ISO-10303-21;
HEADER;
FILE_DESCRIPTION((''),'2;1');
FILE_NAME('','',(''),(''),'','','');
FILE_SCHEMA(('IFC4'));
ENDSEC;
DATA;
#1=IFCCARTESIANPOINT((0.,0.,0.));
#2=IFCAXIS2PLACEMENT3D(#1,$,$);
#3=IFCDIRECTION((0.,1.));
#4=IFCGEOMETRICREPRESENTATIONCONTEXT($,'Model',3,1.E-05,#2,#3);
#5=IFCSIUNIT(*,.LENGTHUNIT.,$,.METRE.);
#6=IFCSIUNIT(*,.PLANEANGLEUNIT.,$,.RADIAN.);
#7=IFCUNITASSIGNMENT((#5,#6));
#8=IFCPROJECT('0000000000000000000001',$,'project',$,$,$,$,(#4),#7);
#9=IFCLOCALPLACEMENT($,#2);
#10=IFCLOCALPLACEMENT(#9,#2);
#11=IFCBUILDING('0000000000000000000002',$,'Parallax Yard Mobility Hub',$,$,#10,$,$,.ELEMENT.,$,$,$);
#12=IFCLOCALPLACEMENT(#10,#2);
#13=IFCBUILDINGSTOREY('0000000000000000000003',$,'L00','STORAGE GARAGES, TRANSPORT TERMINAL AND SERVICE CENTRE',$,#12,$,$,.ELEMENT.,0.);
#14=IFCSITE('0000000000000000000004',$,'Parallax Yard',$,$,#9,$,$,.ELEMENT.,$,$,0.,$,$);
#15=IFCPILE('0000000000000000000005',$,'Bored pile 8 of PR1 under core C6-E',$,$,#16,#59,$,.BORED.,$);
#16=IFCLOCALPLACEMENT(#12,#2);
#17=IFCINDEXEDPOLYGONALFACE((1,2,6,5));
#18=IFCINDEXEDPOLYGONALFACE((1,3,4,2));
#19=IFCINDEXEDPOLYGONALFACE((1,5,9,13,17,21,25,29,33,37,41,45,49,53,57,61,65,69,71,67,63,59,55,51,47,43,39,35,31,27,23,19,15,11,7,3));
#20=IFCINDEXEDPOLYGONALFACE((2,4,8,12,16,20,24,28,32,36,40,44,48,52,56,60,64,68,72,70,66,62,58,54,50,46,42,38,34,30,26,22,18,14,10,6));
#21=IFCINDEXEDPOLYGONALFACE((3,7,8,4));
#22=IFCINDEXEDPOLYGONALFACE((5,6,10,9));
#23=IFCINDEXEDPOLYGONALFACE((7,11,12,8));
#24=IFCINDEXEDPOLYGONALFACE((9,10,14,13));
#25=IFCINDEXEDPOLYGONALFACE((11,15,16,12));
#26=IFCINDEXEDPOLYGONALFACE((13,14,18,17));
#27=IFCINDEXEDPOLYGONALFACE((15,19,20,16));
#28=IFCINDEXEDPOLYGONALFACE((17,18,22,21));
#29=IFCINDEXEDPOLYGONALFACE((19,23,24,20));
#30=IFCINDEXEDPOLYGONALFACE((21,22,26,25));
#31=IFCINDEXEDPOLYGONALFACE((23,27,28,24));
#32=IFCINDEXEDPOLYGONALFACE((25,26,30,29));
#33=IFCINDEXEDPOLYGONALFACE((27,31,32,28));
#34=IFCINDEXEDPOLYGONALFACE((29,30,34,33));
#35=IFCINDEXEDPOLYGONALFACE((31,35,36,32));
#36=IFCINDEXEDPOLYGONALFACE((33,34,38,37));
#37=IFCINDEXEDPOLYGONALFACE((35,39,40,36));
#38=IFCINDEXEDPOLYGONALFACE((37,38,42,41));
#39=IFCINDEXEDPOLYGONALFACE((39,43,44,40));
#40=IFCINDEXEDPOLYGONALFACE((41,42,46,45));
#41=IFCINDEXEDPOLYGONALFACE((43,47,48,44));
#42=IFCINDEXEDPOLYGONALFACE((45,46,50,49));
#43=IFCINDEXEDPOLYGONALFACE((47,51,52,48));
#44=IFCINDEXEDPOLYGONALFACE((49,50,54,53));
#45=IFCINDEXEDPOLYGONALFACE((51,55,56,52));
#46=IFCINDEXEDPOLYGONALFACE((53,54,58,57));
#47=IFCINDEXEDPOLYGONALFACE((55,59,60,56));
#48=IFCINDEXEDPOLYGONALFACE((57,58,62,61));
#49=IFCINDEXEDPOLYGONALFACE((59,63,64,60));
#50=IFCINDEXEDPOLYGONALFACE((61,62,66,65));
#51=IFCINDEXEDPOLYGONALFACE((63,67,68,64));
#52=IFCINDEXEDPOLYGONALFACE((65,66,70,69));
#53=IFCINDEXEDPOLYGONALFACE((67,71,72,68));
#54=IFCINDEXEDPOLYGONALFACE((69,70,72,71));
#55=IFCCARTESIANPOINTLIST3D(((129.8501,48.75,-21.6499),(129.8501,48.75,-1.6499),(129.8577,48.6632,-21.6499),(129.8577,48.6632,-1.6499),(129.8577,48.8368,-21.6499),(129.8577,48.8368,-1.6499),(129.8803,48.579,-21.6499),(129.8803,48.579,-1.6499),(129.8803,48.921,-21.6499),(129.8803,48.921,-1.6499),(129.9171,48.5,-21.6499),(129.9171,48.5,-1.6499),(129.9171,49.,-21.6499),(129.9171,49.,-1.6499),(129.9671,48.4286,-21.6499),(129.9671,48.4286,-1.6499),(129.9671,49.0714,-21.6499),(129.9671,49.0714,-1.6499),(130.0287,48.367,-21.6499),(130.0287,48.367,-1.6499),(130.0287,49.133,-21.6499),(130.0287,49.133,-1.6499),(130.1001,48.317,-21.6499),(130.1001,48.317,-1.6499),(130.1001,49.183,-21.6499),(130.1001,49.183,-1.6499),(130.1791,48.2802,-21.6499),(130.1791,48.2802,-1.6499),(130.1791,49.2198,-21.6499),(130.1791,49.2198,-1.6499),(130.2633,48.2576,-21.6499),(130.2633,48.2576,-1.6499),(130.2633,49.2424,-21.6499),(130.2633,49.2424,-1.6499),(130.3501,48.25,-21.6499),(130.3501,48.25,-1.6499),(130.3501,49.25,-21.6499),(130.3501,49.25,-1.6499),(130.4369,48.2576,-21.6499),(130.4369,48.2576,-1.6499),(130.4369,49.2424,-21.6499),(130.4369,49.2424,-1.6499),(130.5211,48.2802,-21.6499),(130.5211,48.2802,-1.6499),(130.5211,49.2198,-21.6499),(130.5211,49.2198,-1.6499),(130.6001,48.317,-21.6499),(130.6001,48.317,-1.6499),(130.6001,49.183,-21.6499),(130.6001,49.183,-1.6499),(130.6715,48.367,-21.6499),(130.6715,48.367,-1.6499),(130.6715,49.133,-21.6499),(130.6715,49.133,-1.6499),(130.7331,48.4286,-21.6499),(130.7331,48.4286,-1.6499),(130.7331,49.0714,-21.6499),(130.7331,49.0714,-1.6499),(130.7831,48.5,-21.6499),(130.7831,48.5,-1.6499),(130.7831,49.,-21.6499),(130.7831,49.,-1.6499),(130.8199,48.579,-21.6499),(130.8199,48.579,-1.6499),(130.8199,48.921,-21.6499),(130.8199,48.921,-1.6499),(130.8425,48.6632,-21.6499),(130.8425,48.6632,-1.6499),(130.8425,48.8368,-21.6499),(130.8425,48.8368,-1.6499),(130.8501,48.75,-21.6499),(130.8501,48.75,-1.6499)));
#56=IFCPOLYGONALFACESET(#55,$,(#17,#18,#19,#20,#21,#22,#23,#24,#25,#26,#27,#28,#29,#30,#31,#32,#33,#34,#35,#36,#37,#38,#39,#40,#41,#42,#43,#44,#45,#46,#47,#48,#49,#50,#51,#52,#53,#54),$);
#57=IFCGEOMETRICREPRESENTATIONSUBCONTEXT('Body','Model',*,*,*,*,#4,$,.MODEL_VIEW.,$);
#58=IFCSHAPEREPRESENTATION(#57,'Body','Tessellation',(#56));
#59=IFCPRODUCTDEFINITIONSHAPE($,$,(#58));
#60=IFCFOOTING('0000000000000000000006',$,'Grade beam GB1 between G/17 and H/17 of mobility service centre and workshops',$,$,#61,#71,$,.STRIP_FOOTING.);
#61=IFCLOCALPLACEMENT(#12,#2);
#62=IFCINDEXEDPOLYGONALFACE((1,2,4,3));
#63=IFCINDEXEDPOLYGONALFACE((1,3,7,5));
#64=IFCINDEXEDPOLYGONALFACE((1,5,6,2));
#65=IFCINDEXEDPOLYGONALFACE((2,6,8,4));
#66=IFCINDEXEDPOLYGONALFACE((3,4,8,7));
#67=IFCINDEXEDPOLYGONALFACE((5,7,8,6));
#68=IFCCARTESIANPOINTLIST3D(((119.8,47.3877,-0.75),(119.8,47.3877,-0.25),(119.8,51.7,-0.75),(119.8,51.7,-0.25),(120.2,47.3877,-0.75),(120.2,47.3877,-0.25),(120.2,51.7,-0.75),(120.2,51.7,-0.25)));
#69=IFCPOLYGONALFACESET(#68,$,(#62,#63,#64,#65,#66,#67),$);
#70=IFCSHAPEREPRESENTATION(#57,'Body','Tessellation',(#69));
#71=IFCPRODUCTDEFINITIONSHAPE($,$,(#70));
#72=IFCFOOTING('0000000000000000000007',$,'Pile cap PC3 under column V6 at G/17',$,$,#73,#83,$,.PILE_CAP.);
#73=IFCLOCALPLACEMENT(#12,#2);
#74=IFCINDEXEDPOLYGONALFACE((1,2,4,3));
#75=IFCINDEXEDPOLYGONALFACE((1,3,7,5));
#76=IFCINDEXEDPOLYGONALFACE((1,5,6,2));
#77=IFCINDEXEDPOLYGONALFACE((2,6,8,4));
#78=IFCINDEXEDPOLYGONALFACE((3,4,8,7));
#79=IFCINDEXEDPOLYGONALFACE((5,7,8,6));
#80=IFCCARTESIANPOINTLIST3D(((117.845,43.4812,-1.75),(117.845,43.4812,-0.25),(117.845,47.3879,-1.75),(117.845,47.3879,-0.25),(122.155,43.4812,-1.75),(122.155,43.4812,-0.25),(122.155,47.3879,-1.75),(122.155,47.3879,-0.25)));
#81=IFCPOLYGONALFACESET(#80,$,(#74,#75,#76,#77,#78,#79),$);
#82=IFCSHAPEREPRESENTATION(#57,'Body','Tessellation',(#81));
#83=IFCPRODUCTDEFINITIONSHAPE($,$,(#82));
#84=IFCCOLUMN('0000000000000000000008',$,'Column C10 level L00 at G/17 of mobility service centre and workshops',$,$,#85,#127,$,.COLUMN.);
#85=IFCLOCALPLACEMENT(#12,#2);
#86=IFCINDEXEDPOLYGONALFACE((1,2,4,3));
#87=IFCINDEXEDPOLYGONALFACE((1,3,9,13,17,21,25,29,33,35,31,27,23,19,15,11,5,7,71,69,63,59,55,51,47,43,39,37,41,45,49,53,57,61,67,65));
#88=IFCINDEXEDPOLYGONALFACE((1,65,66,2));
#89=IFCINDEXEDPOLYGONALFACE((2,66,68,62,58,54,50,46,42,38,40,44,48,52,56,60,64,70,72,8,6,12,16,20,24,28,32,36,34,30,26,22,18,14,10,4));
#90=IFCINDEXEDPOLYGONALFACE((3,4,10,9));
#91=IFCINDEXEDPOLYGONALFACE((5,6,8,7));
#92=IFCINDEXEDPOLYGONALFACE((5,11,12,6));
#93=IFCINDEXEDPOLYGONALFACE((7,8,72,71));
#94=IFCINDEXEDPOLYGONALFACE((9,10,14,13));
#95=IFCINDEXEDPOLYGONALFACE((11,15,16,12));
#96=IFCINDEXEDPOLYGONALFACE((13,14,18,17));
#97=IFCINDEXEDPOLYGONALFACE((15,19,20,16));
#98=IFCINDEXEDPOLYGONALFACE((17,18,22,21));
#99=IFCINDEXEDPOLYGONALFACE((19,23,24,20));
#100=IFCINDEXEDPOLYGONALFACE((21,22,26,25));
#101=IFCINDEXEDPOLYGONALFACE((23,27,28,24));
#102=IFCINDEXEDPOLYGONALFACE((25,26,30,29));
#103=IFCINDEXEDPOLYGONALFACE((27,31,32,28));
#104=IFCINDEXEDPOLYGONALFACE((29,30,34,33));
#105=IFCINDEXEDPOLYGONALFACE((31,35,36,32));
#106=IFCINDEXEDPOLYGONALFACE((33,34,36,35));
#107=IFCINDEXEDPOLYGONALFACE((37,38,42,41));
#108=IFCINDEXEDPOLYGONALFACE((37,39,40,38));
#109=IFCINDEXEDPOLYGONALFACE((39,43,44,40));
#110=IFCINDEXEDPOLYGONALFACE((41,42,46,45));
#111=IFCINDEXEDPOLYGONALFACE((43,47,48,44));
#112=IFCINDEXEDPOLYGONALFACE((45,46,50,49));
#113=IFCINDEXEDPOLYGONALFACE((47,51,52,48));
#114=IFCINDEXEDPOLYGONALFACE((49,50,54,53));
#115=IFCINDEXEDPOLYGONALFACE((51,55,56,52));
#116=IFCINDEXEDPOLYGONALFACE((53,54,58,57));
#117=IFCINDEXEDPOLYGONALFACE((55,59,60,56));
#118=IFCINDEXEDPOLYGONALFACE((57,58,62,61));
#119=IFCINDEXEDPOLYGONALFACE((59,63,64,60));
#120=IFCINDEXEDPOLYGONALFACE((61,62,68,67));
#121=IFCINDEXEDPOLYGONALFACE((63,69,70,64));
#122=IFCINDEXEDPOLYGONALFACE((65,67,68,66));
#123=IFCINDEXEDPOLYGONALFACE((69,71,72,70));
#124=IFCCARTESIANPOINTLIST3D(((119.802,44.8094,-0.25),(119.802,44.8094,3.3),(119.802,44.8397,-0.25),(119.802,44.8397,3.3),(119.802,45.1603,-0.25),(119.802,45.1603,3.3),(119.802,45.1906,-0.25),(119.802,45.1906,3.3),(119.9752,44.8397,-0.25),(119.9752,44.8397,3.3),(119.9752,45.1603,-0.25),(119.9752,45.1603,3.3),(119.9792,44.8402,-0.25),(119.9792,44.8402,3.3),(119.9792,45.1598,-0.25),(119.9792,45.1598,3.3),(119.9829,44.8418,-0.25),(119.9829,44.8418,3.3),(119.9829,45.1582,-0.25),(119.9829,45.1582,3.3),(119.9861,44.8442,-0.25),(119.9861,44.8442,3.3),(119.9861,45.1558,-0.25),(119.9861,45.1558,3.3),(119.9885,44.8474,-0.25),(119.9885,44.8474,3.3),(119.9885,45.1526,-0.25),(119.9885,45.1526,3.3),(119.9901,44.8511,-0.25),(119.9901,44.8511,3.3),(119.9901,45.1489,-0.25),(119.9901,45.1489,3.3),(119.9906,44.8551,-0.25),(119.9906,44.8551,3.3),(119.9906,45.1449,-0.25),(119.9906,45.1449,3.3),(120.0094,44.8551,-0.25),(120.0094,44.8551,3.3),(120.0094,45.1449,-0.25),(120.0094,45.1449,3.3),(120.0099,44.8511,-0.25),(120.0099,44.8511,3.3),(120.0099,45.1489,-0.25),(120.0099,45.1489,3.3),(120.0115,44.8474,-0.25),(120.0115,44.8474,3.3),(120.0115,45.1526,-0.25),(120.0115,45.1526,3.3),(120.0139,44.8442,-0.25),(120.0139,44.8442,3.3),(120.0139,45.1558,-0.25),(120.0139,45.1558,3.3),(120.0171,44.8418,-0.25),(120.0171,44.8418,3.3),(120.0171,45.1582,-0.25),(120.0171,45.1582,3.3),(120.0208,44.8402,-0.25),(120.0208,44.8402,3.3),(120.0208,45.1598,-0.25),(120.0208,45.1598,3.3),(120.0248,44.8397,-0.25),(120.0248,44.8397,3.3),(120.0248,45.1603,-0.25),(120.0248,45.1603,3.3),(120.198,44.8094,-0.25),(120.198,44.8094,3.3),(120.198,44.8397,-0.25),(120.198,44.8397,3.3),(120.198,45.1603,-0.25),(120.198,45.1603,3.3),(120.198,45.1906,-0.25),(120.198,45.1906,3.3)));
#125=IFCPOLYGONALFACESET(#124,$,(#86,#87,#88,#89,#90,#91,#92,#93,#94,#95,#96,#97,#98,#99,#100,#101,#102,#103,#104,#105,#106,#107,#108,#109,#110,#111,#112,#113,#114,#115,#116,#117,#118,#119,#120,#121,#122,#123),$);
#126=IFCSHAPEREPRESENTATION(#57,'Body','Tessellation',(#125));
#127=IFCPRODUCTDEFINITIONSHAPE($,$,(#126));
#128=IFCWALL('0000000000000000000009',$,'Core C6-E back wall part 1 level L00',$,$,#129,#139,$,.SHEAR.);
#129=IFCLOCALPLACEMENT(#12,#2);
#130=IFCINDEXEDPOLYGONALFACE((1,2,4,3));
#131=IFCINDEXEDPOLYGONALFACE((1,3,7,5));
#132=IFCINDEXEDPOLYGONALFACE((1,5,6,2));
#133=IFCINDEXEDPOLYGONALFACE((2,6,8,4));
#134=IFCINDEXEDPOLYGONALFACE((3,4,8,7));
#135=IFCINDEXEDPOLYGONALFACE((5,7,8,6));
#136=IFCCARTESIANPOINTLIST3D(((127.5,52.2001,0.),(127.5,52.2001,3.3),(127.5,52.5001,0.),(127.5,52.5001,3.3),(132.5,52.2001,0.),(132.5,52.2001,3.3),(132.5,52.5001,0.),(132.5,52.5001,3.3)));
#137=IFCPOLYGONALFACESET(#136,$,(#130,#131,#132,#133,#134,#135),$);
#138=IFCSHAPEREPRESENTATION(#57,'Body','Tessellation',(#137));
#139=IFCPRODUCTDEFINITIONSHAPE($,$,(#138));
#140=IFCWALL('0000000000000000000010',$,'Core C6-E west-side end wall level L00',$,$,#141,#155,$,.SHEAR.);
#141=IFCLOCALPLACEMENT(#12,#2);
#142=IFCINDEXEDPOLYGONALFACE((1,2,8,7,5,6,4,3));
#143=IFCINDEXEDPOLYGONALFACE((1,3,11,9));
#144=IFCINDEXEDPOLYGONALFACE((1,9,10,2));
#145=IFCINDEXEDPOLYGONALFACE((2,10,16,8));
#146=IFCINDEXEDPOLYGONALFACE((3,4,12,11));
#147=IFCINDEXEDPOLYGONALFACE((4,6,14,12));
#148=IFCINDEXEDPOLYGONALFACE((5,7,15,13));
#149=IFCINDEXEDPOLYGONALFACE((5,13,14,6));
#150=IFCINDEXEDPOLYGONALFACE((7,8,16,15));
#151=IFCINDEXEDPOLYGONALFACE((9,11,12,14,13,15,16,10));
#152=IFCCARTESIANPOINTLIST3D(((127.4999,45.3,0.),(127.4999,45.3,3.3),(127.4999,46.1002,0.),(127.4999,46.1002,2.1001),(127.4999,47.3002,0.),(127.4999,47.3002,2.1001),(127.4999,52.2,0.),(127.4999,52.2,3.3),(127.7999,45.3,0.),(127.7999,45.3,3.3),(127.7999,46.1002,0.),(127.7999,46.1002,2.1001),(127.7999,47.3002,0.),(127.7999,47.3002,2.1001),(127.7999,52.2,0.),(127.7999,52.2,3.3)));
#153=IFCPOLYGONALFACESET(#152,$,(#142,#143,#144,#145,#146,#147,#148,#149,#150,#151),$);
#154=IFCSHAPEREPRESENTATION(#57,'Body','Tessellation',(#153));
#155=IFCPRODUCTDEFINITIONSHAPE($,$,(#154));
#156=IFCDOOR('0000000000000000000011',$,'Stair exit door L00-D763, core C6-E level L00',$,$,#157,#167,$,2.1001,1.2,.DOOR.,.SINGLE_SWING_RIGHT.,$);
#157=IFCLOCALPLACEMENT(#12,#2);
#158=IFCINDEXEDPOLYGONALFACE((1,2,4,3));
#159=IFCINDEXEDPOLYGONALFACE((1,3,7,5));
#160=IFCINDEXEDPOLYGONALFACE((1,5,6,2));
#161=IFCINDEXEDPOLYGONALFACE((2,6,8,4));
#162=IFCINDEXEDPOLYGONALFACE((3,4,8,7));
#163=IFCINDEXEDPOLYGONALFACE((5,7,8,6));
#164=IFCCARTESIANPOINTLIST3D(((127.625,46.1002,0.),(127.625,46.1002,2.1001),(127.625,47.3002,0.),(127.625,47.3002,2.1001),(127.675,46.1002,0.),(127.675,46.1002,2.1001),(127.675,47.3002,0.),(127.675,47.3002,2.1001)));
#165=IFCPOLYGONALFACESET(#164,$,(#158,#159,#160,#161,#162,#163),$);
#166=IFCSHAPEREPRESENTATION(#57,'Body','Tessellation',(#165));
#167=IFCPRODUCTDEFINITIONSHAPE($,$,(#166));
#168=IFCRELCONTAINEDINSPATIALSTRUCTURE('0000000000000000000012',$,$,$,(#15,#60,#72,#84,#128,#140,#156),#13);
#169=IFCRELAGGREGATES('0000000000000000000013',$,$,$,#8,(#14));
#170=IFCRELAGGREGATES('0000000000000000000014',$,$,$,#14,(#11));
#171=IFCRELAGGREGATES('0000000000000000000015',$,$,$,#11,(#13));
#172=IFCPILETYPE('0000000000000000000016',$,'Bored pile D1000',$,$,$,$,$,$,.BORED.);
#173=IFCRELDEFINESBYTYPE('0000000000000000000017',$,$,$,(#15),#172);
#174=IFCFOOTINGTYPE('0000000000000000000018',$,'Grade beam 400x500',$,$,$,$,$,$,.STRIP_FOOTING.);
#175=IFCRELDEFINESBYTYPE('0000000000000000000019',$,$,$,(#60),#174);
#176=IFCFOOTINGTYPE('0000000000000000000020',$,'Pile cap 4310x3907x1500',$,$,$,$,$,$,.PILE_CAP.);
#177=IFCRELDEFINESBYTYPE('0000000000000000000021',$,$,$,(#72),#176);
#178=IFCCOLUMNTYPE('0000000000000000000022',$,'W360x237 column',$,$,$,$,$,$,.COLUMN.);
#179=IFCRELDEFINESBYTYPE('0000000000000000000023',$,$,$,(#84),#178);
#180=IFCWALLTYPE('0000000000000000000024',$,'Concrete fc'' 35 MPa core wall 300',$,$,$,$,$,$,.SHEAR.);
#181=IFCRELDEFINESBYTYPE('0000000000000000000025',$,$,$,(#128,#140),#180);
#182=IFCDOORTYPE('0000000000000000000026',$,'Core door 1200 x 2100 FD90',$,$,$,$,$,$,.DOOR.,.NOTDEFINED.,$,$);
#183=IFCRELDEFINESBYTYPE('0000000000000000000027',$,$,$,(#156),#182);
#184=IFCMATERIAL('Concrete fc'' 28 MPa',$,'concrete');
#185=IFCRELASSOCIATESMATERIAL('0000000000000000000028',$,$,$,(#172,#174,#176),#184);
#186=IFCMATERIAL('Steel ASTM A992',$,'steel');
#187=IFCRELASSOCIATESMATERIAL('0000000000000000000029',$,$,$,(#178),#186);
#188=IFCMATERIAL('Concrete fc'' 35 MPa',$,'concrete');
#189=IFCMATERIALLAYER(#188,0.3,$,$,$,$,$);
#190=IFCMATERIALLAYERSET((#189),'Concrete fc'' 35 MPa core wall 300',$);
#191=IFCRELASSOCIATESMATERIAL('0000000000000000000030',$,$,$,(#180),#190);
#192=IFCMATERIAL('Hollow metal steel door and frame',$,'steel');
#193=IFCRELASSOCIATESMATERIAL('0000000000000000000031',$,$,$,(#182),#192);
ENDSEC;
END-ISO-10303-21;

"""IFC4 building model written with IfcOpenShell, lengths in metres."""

from ifc_helpers import new_model, si_unit, direction, frame, frame_2d, origin, origin_2d, place, context, subcontext, project, spatial, rectangle, circle, i_section, extrude, material, layer, layer_set, material_profile, profile_set, type_object, element, fill, save


model = new_model("IFC4")

# Units and contexts
model_context = context("Model", 3, precision=1e-05, world=origin(), true_north=direction((0.0, 1.0)))
body_context = subcontext(model_context, "Body", "Model", "MODEL_VIEW")
ifc_project = project(units=[si_unit("LENGTHUNIT", "METRE"), si_unit("PLANEANGLEUNIT", "RADIAN")], contexts=[model_context])

# Site, building, storey
site_placement = place(None, origin())
site = spatial("IfcSite", under=ifc_project, at=site_placement, Name="Parallax Yard", CompositionType="ELEMENT", RefElevation=0.0)
building_placement = place(site_placement, origin())
building = spatial("IfcBuilding", under=site, at=building_placement, Name="Parallax Yard Mobility Hub", CompositionType="ELEMENT")
storey_placement = place(building_placement, origin())
storey = spatial("IfcBuildingStorey", under=building, at=storey_placement, Name="L00", Description="STORAGE GARAGES, TRANSPORT TERMINAL AND SERVICE CENTRE", CompositionType="ELEMENT", Elevation=0.0)

# Pile
ifc_material_1 = material(Name="Concrete fc' 28 MPa", Category="concrete")
ifc_material_profile_1 = material_profile(ifc_material_1, circle(Radius=0.5, at=origin_2d()), Name="Bored pile D1000")
ifc_profile_set_1 = profile_set([ifc_material_profile_1], Name="Concrete fc' 28 MPa")
pile_type = type_object("IfcPileType", Name="Bored pile D1000", PredefinedType="BORED", material=ifc_profile_set_1)
for number, where, z_axis, x_axis, name in (
    (1, (130.3501, 48.75, -1.6499), (0.0, 0.0, -1.0), (1.0, 0.0, 0.0), "Bored pile 8 of PR1 under core C6-E"),
):
    element("IfcPile", number, at=place(storey_placement, frame(where, z_axis=z_axis, x_axis=x_axis)), inside=storey, type_object=pile_type, Name=name, PredefinedType="BORED", context=body_context, shape_type="SweptSolid", body=[
        extrude(circle(Radius=0.5, at=origin_2d()), origin(), (0.0, 0.0, 1.0), 20.0),
    ])

# Footings
ifc_material_profile_2 = material_profile(ifc_material_1, rectangle(XDim=0.3999, YDim=0.5, at=origin_2d()), Name="Grade beam 400x500")
ifc_profile_set_2 = profile_set([ifc_material_profile_2], Name="Concrete fc' 28 MPa")
footing_type_1 = type_object("IfcFootingType", Name="Grade beam 400x500", PredefinedType="STRIP_FOOTING", material=ifc_profile_set_2)
footing_1_placement = place(storey_placement, frame((120.0, 47.3877, -0.5), z_axis=(0.0, 1.0, 0.0), x_axis=(-1.0, 0.0, 0.0)))
element("IfcFooting", 2, at=footing_1_placement, inside=storey, type_object=footing_type_1, Name="Grade beam GB1 between G/17 and H/17 of mobility service centre and workshops", PredefinedType="STRIP_FOOTING", context=body_context, shape_type="SweptSolid", body=[
    extrude(rectangle(XDim=0.3999, YDim=0.5, at=origin_2d()), origin(), (0.0, 0.0, 1.0), 4.3123),
])
footing_type_2 = type_object("IfcFootingType", Name="Pile cap 4310x3907x1500", PredefinedType="PILE_CAP", material=ifc_material_1)
footing_2_placement = place(storey_placement, frame((120.0, 45.4346, -1.75), z_axis=(0.0, 0.0, 1.0), x_axis=(1.0, 0.0, 0.0)))
element("IfcFooting", 3, at=footing_2_placement, inside=storey, type_object=footing_type_2, Name="Pile cap PC3 under column V6 at G/17", PredefinedType="PILE_CAP", context=body_context, shape_type="SweptSolid", body=[
    extrude(rectangle(XDim=4.3101, YDim=3.9067, at=origin_2d()), origin(), (0.0, 0.0, 1.0), 1.5),
])

# Column
ifc_material_2 = material(Name="Steel ASTM A992", Category="steel")
ifc_material_profile_3 = material_profile(ifc_material_2, i_section(OverallWidth=0.396, OverallDepth=0.3811, WebThickness=0.0188, FlangeThickness=0.0303, FilletRadius=0.0154, at=origin_2d()), Name="W360x237")
ifc_profile_set_3 = profile_set([ifc_material_profile_3], Name="Steel ASTM A992")
column_type = type_object("IfcColumnType", Name="W360x237 column", PredefinedType="COLUMN", material=ifc_profile_set_3)
column_placement = place(storey_placement, frame((120.0, 45.0, -0.25), z_axis=(0.0, 0.0, 1.0), x_axis=(1.0, 0.0, 0.0)))
element("IfcColumn", 4, at=column_placement, inside=storey, type_object=column_type, Name="Column C10 level L00 at G/17 of mobility service centre and workshops", PredefinedType="COLUMN", context=body_context, shape_type="SweptSolid", body=[
    extrude(i_section(OverallWidth=0.396, OverallDepth=0.3811, WebThickness=0.0188, FlangeThickness=0.0303, FilletRadius=0.0154, at=origin_2d()), origin(), (0.0, 0.0, 1.0), 3.55),
])

# Wall
ifc_material_3 = material(Name="Concrete fc' 35 MPa", Category="concrete")
ifc_layer_1 = layer(ifc_material_3, 0.3)
ifc_layer_set_1 = layer_set([ifc_layer_1], Name="Concrete fc' 35 MPa core wall 300")
wall_type_1 = type_object("IfcWallType", Name="Concrete fc' 35 MPa core wall 300", PredefinedType="SHEAR", material=ifc_layer_set_1)
wall_1_placement = place(storey_placement, frame((127.5, 52.3501, 0.0), z_axis=(0.0, 0.0, 1.0), x_axis=(1.0, 0.0, 0.0)))
element("IfcWall", 5, at=wall_1_placement, inside=storey, type_object=wall_type_1, Name="Core C6-E back wall part 1 level L00", PredefinedType="SHEAR", context=body_context, shape_type="SweptSolid", body=[
    extrude(rectangle(XDim=5.0, YDim=0.3, at=frame_2d((2.5, 0.0))), origin(), (0.0, 0.0, 1.0), 3.3),
])

# Wall, opening, door
wall_2_placement = place(storey_placement, frame((127.6499, 45.3, 0.0), z_axis=(0.0, 0.0, 1.0), x_axis=(0.0, 1.0, 0.0)))
wall_2 = element("IfcWall", 6, at=wall_2_placement, inside=storey, type_object=wall_type_1, Name="Core C6-E west-side end wall level L00", PredefinedType="SHEAR", context=body_context, shape_type="SweptSolid", body=[
    extrude(rectangle(XDim=6.8999, YDim=0.3, at=frame_2d((3.45, 0.0))), origin(), (0.0, 0.0, 1.0), 3.3),
])
opening_1_placement = place(wall_2_placement, frame((0.8, 0.0, 0.0)))
opening_1 = element("IfcOpeningElement", 7, at=opening_1_placement, cuts=wall_2, PredefinedType="OPENING", context=body_context, shape_type="SweptSolid", body=[
    extrude(rectangle(XDim=1.2, YDim=2.1001, at=frame_2d((0.6001, 1.05))), frame((0.0, 0.1602, 0.0), z_axis=(0.0, -1.0, 0.0), x_axis=(1.0, 0.0, 0.0)), (0.0, 0.0, 1.0), 0.3201),
])
ifc_material_4 = material(Name="Hollow metal steel door and frame", Category="steel")
door_type_1 = type_object("IfcDoorType", Name="Core door 1200 x 2100 FD90", OperationType="NOTDEFINED", PredefinedType="DOOR", material=ifc_material_4)
door_1_placement = place(opening_1_placement, origin())
door_1 = element("IfcDoor", 8, at=door_1_placement, inside=storey, type_object=door_type_1, Name="Stair exit door L00-D763, core C6-E level L00", OperationType="SINGLE_SWING_RIGHT", OverallHeight=2.1001, OverallWidth=1.2, PredefinedType="DOOR", context=body_context, shape_type="SweptSolid", body=[
    extrude(rectangle(XDim=1.2, YDim=2.1001, at=frame_2d((0.6001, 1.05))), frame((0.0, 0.0249, 0.0), z_axis=(0.0, -1.0, 0.0), x_axis=(1.0, 0.0, 0.0)), (0.0, 0.0, 1.0), 0.05),
])
fill(opening_1, door_1)

save(model, "model.ifc")
